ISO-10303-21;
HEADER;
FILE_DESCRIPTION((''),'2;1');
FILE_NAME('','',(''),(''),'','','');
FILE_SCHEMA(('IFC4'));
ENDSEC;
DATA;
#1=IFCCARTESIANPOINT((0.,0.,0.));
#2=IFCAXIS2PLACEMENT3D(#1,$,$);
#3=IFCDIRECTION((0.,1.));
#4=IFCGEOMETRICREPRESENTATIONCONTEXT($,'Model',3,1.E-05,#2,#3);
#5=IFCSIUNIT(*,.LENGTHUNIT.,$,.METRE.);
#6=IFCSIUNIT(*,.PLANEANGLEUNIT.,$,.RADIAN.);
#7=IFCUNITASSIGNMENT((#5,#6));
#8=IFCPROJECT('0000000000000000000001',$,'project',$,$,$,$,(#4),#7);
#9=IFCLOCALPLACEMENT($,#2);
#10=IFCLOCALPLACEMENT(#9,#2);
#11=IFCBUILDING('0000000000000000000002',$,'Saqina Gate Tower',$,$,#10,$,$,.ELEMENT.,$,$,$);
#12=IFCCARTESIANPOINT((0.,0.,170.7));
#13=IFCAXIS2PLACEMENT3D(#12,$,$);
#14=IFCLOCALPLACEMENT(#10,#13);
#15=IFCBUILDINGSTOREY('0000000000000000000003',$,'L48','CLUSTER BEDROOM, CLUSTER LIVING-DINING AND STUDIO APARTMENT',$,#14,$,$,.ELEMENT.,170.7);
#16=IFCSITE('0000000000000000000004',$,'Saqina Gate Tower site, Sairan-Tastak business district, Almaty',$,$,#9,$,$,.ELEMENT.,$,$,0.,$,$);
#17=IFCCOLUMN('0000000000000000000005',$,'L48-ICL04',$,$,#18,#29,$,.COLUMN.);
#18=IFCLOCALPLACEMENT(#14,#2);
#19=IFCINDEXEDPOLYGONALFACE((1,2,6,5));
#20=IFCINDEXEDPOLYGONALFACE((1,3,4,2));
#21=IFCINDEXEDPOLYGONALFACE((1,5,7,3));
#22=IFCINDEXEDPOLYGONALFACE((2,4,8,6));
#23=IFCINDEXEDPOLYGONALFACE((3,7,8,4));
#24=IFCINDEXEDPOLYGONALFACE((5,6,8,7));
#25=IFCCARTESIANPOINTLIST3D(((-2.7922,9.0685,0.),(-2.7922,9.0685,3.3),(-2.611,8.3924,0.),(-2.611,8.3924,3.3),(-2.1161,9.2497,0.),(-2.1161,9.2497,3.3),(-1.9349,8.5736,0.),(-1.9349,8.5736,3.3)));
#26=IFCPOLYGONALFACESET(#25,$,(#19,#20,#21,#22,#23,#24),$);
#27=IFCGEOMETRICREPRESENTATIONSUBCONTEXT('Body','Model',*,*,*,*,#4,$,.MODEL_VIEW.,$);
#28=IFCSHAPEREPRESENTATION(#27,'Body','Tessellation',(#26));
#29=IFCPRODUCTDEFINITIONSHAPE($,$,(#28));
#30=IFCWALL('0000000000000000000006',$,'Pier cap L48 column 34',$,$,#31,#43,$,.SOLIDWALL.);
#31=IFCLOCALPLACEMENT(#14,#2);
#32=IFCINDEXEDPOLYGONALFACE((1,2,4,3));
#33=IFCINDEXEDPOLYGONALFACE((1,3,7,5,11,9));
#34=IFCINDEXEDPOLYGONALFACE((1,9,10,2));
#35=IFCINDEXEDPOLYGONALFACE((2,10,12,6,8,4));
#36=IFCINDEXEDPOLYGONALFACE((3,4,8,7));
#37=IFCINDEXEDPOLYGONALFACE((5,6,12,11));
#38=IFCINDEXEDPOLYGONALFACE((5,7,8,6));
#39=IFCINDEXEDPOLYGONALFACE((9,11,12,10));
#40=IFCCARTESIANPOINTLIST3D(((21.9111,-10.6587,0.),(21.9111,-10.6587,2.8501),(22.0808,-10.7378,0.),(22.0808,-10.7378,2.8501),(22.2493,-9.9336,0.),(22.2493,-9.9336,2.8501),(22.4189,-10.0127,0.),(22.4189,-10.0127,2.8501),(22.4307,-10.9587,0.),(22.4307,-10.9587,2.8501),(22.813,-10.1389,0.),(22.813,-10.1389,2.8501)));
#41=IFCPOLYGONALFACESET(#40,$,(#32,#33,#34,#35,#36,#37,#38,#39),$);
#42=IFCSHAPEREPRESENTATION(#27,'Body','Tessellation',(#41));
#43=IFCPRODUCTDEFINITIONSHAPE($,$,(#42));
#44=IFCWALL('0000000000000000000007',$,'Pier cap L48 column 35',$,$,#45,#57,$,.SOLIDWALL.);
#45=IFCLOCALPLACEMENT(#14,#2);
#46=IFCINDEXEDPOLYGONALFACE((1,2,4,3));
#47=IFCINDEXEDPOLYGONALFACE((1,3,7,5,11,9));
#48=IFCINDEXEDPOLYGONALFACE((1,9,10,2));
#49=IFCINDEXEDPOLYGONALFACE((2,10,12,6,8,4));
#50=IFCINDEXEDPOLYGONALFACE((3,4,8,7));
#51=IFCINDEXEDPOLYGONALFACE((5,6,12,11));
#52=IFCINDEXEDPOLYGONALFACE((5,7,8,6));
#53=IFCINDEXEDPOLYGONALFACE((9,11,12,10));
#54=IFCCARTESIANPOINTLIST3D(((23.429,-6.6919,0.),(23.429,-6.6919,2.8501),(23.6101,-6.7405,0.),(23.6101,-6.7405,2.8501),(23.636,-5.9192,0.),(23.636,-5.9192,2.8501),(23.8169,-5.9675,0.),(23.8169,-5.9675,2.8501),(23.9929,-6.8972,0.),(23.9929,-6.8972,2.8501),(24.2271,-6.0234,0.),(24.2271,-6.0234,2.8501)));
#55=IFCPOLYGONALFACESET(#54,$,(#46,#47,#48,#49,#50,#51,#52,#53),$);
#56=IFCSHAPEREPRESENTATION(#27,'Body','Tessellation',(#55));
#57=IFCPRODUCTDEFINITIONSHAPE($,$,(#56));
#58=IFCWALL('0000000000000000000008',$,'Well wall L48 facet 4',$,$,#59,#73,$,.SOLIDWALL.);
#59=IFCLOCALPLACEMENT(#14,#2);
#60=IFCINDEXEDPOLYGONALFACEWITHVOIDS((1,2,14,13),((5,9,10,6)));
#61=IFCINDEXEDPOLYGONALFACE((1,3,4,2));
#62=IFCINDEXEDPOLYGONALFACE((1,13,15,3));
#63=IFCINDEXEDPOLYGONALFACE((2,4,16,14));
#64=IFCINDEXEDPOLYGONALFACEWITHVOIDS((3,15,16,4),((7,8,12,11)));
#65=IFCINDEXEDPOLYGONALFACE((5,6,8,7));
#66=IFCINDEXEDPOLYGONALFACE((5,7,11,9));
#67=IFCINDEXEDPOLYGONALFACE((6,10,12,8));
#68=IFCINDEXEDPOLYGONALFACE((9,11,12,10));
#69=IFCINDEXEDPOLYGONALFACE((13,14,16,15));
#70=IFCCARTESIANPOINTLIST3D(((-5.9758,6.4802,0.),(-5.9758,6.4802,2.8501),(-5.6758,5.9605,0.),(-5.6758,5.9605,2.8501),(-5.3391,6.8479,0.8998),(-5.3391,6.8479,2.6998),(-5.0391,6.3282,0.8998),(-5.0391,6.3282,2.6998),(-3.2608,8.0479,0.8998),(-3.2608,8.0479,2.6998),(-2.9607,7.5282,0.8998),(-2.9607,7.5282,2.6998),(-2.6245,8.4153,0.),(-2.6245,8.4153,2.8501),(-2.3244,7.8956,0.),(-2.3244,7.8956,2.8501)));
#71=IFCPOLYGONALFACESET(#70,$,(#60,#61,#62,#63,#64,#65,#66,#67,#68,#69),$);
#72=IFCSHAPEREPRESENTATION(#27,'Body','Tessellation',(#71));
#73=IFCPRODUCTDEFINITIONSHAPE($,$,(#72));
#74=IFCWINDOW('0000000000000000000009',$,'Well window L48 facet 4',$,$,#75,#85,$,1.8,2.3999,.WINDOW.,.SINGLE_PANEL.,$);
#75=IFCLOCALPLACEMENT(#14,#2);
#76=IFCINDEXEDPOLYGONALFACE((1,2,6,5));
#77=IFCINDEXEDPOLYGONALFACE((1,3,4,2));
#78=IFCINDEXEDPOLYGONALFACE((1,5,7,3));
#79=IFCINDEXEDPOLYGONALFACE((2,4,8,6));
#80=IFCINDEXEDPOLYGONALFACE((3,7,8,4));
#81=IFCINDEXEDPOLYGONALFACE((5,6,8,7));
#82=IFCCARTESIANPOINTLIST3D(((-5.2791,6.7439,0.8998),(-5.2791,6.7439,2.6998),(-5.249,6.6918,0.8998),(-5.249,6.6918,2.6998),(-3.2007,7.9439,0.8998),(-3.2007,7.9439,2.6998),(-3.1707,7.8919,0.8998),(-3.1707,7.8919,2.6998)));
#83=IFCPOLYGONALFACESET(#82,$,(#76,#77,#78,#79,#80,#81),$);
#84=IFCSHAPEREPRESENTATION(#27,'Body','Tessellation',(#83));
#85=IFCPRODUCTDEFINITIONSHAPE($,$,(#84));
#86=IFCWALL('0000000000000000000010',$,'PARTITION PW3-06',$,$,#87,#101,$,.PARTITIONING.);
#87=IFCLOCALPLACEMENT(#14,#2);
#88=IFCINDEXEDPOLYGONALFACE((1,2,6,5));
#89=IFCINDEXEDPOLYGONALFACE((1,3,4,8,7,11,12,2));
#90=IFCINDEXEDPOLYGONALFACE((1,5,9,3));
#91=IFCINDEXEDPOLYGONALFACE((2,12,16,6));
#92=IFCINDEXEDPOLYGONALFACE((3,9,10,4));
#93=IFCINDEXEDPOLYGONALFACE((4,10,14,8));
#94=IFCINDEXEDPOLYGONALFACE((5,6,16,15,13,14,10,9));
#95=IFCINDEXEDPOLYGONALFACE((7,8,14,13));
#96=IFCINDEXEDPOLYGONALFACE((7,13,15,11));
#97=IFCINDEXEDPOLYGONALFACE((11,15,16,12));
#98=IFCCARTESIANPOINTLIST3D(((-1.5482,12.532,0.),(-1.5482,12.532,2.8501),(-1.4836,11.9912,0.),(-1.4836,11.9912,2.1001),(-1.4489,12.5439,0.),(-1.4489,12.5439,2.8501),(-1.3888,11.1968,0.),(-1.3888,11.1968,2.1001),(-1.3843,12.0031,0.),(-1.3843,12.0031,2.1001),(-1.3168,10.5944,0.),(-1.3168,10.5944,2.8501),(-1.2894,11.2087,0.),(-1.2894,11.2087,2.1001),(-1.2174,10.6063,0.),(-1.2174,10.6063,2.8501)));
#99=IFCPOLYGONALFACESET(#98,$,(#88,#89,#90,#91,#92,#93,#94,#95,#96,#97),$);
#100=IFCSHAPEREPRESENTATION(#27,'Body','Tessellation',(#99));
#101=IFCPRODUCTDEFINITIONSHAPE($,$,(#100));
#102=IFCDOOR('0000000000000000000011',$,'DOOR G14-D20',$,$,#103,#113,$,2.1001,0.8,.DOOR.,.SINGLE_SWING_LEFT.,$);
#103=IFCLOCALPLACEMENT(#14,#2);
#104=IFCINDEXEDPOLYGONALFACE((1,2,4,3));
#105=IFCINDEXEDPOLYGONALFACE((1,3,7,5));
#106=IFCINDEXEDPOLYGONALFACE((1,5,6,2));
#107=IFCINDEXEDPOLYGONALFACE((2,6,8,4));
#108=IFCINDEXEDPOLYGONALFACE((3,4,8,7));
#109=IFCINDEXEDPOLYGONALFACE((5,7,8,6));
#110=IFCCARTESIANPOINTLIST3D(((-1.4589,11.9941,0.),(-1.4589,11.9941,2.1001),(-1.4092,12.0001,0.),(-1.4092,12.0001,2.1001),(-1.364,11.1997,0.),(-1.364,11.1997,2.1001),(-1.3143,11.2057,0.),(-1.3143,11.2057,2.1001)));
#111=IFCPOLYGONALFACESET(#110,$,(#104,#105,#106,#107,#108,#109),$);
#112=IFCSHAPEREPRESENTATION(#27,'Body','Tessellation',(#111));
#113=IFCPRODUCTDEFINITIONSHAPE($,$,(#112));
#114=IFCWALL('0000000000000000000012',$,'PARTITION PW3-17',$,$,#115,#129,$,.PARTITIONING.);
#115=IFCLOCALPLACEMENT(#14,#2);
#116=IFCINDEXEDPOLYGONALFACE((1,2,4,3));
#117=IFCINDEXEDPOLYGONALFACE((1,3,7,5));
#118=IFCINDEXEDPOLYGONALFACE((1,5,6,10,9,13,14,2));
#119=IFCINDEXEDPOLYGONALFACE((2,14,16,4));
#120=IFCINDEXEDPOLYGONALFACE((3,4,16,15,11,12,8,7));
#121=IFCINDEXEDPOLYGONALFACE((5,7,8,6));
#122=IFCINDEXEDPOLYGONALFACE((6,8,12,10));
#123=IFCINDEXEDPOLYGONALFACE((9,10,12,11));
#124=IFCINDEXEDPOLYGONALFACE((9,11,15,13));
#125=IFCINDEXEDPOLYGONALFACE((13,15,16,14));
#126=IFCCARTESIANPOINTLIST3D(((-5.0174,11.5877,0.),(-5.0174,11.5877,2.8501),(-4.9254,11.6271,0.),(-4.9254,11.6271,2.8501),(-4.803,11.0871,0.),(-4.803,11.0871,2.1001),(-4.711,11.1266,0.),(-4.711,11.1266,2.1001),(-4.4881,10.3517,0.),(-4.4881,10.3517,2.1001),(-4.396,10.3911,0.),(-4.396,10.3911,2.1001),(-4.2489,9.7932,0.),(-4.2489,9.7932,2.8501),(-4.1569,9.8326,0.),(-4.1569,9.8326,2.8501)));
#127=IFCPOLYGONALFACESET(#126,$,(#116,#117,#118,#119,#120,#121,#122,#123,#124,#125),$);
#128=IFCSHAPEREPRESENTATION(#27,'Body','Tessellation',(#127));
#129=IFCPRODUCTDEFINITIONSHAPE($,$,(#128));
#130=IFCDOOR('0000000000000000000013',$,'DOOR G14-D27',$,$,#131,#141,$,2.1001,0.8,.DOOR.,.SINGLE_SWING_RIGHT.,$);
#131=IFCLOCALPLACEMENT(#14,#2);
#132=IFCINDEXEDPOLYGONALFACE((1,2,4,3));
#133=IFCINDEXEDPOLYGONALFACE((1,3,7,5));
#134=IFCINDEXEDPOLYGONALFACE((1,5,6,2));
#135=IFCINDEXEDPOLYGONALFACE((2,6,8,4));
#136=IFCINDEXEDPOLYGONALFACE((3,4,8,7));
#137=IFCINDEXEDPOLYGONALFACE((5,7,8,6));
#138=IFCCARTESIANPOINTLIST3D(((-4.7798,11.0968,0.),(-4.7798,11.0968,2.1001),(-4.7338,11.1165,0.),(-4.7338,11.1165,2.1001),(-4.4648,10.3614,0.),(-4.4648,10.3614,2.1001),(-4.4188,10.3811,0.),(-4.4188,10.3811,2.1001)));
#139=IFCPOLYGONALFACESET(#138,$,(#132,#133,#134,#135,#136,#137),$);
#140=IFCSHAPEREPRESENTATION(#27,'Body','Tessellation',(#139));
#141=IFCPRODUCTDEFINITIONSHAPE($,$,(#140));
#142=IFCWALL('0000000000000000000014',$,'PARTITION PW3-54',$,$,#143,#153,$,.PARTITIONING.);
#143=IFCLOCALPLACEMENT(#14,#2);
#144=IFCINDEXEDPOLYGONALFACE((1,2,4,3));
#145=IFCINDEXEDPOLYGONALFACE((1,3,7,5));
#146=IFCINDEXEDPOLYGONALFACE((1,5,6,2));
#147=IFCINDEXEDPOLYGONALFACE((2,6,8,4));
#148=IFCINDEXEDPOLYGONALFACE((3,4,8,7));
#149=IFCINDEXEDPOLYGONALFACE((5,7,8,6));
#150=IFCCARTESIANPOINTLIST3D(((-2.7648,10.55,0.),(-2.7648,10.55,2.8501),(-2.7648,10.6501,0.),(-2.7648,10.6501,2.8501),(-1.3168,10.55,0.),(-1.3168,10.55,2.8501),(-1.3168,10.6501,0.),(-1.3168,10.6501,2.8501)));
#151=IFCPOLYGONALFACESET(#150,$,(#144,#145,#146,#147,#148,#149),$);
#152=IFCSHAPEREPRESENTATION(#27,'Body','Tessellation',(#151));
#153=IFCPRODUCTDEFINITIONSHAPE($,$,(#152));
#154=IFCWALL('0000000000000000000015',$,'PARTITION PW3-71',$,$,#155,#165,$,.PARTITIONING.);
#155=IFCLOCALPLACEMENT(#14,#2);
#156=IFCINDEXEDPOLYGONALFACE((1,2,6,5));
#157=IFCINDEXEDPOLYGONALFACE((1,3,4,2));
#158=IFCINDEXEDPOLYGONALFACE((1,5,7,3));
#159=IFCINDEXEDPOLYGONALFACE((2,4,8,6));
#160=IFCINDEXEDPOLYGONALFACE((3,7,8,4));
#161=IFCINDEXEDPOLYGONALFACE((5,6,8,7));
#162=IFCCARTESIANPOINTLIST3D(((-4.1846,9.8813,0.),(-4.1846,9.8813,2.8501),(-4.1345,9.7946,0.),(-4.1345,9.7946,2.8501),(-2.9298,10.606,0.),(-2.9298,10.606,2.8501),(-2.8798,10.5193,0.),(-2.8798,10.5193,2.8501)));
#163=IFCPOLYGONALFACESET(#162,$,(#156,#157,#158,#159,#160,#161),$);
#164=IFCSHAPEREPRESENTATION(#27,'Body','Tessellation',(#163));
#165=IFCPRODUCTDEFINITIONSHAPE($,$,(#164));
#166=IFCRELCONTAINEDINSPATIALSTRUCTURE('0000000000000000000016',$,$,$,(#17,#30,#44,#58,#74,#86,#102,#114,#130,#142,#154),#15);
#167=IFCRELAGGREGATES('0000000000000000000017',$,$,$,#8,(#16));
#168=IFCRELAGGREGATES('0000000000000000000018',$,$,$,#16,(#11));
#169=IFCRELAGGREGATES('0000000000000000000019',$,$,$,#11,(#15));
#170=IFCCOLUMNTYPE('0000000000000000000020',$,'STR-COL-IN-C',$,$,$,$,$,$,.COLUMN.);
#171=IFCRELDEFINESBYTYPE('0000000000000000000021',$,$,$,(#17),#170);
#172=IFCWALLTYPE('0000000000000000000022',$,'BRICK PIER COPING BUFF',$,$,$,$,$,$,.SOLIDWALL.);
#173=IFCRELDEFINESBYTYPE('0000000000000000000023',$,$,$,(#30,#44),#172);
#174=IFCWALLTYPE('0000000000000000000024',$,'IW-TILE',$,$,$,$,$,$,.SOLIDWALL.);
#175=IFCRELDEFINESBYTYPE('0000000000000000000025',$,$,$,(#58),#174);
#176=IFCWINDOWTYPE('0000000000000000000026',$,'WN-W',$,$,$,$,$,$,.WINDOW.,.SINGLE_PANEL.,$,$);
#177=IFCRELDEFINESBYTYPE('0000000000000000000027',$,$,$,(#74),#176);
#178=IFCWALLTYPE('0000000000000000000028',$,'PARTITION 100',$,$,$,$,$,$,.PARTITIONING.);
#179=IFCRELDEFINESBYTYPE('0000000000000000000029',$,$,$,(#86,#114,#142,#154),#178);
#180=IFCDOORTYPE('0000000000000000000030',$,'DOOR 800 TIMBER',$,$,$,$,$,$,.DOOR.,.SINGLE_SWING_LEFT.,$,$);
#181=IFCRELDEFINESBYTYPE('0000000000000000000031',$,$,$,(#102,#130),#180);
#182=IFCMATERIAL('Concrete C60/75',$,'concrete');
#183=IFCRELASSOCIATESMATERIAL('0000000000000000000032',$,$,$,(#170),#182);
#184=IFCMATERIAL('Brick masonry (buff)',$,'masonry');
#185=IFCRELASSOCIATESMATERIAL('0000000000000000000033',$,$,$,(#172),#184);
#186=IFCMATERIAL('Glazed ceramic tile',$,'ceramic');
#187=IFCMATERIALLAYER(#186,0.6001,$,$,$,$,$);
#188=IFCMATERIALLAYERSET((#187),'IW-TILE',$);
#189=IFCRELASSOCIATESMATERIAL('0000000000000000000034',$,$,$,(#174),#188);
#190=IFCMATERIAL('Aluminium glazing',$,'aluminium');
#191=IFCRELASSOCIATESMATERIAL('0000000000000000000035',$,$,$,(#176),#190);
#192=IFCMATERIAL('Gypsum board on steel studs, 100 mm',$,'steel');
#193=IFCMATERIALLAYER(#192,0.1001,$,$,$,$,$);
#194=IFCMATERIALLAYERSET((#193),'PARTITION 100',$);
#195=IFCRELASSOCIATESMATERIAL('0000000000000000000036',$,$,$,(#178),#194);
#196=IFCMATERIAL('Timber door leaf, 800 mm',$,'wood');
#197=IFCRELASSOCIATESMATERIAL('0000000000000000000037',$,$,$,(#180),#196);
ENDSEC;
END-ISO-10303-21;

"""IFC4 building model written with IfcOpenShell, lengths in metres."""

from ifc_helpers import new_model, si_unit, direction, frame, frame_2d, origin, origin_2d, place, context, subcontext, project, spatial, polyline, rectangle, outline, extrude, material, layer, layer_set, material_profile, profile_set, type_object, element, fill, save


model = new_model("IFC4")

# Units and contexts
model_context = context("Model", 3, precision=1e-05, world=origin(), true_north=direction((0.0, 1.0)))
body_context = subcontext(model_context, "Body", "Model", "MODEL_VIEW")
ifc_project = project(units=[si_unit("LENGTHUNIT", "METRE"), si_unit("PLANEANGLEUNIT", "RADIAN")], contexts=[model_context])

# Site, building, storey
site_placement = place(None, origin())
site = spatial("IfcSite", under=ifc_project, at=site_placement, Name="Saqina Gate Tower site, Sairan-Tastak business district, Almaty", CompositionType="ELEMENT", RefElevation=0.0)
building_placement = place(site_placement, origin())
building = spatial("IfcBuilding", under=site, at=building_placement, Name="Saqina Gate Tower", CompositionType="ELEMENT")
storey_placement = place(building_placement, frame((0.0, 0.0, 170.7)))
storey = spatial("IfcBuildingStorey", under=building, at=storey_placement, Name="L48", Description="CLUSTER BEDROOM, CLUSTER LIVING-DINING AND STUDIO APARTMENT", CompositionType="ELEMENT", Elevation=170.7)

# Column
ifc_material_1 = material(Name="Concrete C60/75", Category="concrete")
ifc_material_profile = material_profile(ifc_material_1, rectangle(XDim=0.7, YDim=0.7, at=origin_2d()), Name="RC 700x700")
ifc_profile_set = profile_set([ifc_material_profile], Name="Concrete C60/75")
column_type = type_object("IfcColumnType", Name="STR-COL-IN-C", PredefinedType="COLUMN", material=ifc_profile_set)
column_placement = place(storey_placement, frame((-2.3635, 8.821, 0.0), z_axis=(0.0, 0.0, 1.0), x_axis=(-0.258819, 0.965926, 0.0)))
element("IfcColumn", 1, at=column_placement, inside=storey, type_object=column_type, Name="L48-ICL04", PredefinedType="COLUMN", context=body_context, shape_type="SweptSolid", body=[
    extrude(rectangle(XDim=0.7, YDim=0.7, at=origin_2d()), origin(), (0.0, 0.0, 1.0), 3.3),
])

# Walls
ifc_material_2 = material(Name="Brick masonry (buff)", Category="masonry")
wall_type_1 = type_object("IfcWallType", Name="BRICK PIER COPING BUFF", PredefinedType="SOLIDWALL", material=ifc_material_2)
wall_1_placement = place(storey_placement, origin())
element("IfcWall", 2, at=wall_1_placement, inside=storey, type_object=wall_type_1, Name="Pier cap L48 column 34", PredefinedType="SOLIDWALL", context=body_context, shape_type="SweptSolid", body=[
    extrude(outline(polyline([(22.813, -10.1389), (22.2493, -9.9336), (22.4189, -10.0127), (22.0808, -10.7378), (21.9111, -10.6587), (22.4307, -10.9587), (22.813, -10.1389)])), origin(), (0.0, 0.0, 1.0), 2.8501),
])
wall_2_placement = place(storey_placement, origin())
element("IfcWall", 3, at=wall_2_placement, inside=storey, type_object=wall_type_1, Name="Pier cap L48 column 35", PredefinedType="SOLIDWALL", context=body_context, shape_type="SweptSolid", body=[
    extrude(outline(polyline([(24.2271, -6.0234), (23.636, -5.9192), (23.8169, -5.9675), (23.6101, -6.7405), (23.429, -6.6919), (23.9929, -6.8972), (24.2271, -6.0234)])), origin(), (0.0, 0.0, 1.0), 2.8501),
])

# Wall, opening, window
ifc_material_3 = material(Name="Glazed ceramic tile", Category="ceramic")
ifc_layer_1 = layer(ifc_material_3, 0.6001)
ifc_layer_set_1 = layer_set([ifc_layer_1], Name="IW-TILE")
wall_type_2 = type_object("IfcWallType", Name="IW-TILE", PredefinedType="SOLIDWALL", material=ifc_layer_set_1)
wall_3_placement = place(storey_placement, frame((-2.4744, 8.1555, 0.0), z_axis=(0.0, 0.0, 1.0), x_axis=(-0.866006, -0.500034, 0.0)))
wall_3 = element("IfcWall", 4, at=wall_3_placement, inside=storey, type_object=wall_type_2, Name="Well wall L48 facet 4", PredefinedType="SOLIDWALL", context=body_context, shape_type="SweptSolid", body=[
    extrude(rectangle(XDim=3.8699, YDim=0.6001, at=frame_2d((1.9351, 0.0))), origin(), (0.0, 0.0, 1.0), 2.8501),
])
opening_1_placement = place(wall_3_placement, frame((0.7349, 0.0, 0.8999)))
opening_1 = element("IfcOpeningElement", 5, at=opening_1_placement, cuts=wall_3, PredefinedType="OPENING", context=body_context, shape_type="SweptSolid", body=[
    extrude(rectangle(XDim=2.3999, YDim=1.8, at=frame_2d((1.2, 0.8999))), frame((0.0, 0.312, 0.0), z_axis=(0.0, -1.0, 0.0), x_axis=(1.0, 0.0, 0.0)), (0.0, 0.0, 1.0), 0.624),
])
ifc_material_4 = material(Name="Aluminium glazing", Category="aluminium")
window_type = type_object("IfcWindowType", Name="WN-W", PartitioningType="SINGLE_PANEL", PredefinedType="WINDOW", material=ifc_material_4)
window_placement = place(opening_1_placement, origin())
window = element("IfcWindow", 6, at=window_placement, inside=storey, type_object=window_type, Name="Well window L48 facet 4", OverallHeight=1.8, OverallWidth=2.3999, PartitioningType="SINGLE_PANEL", PredefinedType="WINDOW", context=body_context, shape_type="SweptSolid", body=[
    extrude(rectangle(XDim=2.3999, YDim=1.8, at=frame_2d((1.2, 0.8999))), frame((0.0, -0.1199, 0.0), z_axis=(0.0, -1.0, 0.0), x_axis=(1.0, 0.0, 0.0)), (0.0, 0.0, 1.0), 0.0601),
])
fill(opening_1, window)

# Walls, openings, doors
ifc_material_5 = material(Name="Gypsum board on steel studs, 100 mm", Category="steel")
ifc_layer_2 = layer(ifc_material_5, 0.1001)
ifc_layer_set_2 = layer_set([ifc_layer_2], Name="PARTITION 100")
wall_type_3 = type_object("IfcWallType", Name="PARTITION 100", PredefinedType="PARTITIONING", material=ifc_layer_set_2)
wall_4_placement = place(storey_placement, frame((-1.4985, 12.5378, 0.0), z_axis=(0.0, 0.0, 1.0), x_axis=(0.118598, -0.992942, 0.0)))
wall_4 = element("IfcWall", 7, at=wall_4_placement, inside=storey, type_object=wall_type_3, Name="PARTITION PW3-06", PredefinedType="PARTITIONING", context=body_context, shape_type="SweptSolid", body=[
    extrude(rectangle(XDim=1.9514, YDim=0.1001, at=frame_2d((0.9756, 0.0))), origin(), (0.0, 0.0, 1.0), 2.8501),
])
opening_2_placement = place(wall_4_placement, frame((0.5447, 0.0, 0.0)))
opening_2 = element("IfcOpeningElement", 8, at=opening_2_placement, cuts=wall_4, PredefinedType="OPENING", context=body_context, shape_type="SweptSolid", body=[
    extrude(rectangle(XDim=0.8, YDim=2.1001, at=frame_2d((0.3999, 1.05))), frame((0.0, 0.062, 0.0), z_axis=(0.0, -1.0, 0.0), x_axis=(1.0, 0.0, 0.0)), (0.0, 0.0, 1.0), 0.124),
])
ifc_material_6 = material(Name="Timber door leaf, 800 mm", Category="wood")
door_type_1 = type_object("IfcDoorType", Name="DOOR 800 TIMBER", OperationType="SINGLE_SWING_LEFT", PredefinedType="DOOR", material=ifc_material_6)
door_1_placement = place(opening_2_placement, origin())
door_1 = element("IfcDoor", 9, at=door_1_placement, inside=storey, type_object=door_type_1, Name="DOOR G14-D20", OperationType="SINGLE_SWING_LEFT", OverallHeight=2.1001, OverallWidth=0.8, PredefinedType="DOOR", context=body_context, shape_type="SweptSolid", body=[
    extrude(rectangle(XDim=0.8, YDim=2.1001, at=frame_2d((0.3999, 1.05))), frame((0.0, 0.0249, 0.0), z_axis=(0.0, -1.0, 0.0), x_axis=(1.0, 0.0, 0.0)), (0.0, 0.0, 1.0), 0.05),
])
fill(opening_2, door_1)
wall_5_placement = place(storey_placement, frame((-4.9714, 11.6074, 0.0), z_axis=(0.0, 0.0, 1.0), x_axis=(0.393708, -0.919236, 0.0)))
wall_5 = element("IfcWall", 10, at=wall_5_placement, inside=storey, type_object=wall_type_3, Name="PARTITION PW3-17", PredefinedType="PARTITIONING", context=body_context, shape_type="SweptSolid", body=[
    extrude(rectangle(XDim=1.9521, YDim=0.1001, at=frame_2d((0.9761, 0.0))), origin(), (0.0, 0.0, 1.0), 2.8501),
])
opening_3_placement = place(wall_5_placement, frame((0.5447, 0.0, 0.0)))
opening_3 = element("IfcOpeningElement", 11, at=opening_3_placement, cuts=wall_5, PredefinedType="OPENING", context=body_context, shape_type="SweptSolid", body=[
    extrude(rectangle(XDim=0.8, YDim=2.1001, at=frame_2d((0.3999, 1.05))), frame((0.0, 0.062, 0.0), z_axis=(0.0, -1.0, 0.0), x_axis=(1.0, 0.0, 0.0)), (0.0, 0.0, 1.0), 0.124),
])
door_2_placement = place(opening_3_placement, frame((0.8, 0.0, 0.0), z_axis=(0.0, 0.0, 1.0), x_axis=(-1.0, 0.0, 0.0)))
door_2 = element("IfcDoor", 12, at=door_2_placement, inside=storey, type_object=door_type_1, Name="DOOR G14-D27", OperationType="SINGLE_SWING_RIGHT", OverallHeight=2.1001, OverallWidth=0.8, PredefinedType="DOOR", context=body_context, shape_type="SweptSolid", body=[
    extrude(rectangle(XDim=0.8, YDim=2.1001, at=frame_2d((0.3999, 1.05))), frame((0.0, 0.0249, 0.0), z_axis=(0.0, -1.0, 0.0), x_axis=(1.0, 0.0, 0.0)), (0.0, 0.0, 1.0), 0.05),
])
fill(opening_3, door_2)

# Walls
wall_6_placement = place(storey_placement, frame((-2.7649, 10.6001, 0.0), z_axis=(0.0, 0.0, 1.0), x_axis=(1.0, 0.0, 0.0)))
element("IfcWall", 13, at=wall_6_placement, inside=storey, type_object=wall_type_3, Name="PARTITION PW3-54", PredefinedType="PARTITIONING", context=body_context, shape_type="SweptSolid", body=[
    extrude(rectangle(XDim=1.448, YDim=0.1001, at=frame_2d((0.7241, 0.0))), origin(), (0.0, 0.0, 1.0), 2.8501),
])
wall_7_placement = place(storey_placement, frame((-4.1597, 9.8379, 0.0), z_axis=(0.0, 0.0, 1.0), x_axis=(0.865953, 0.500126, 0.0)))
element("IfcWall", 14, at=wall_7_placement, inside=storey, type_object=wall_type_3, Name="PARTITION PW3-71", PredefinedType="PARTITIONING", context=body_context, shape_type="SweptSolid", body=[
    extrude(rectangle(XDim=1.449, YDim=0.1001, at=frame_2d((0.7246, 0.0))), origin(), (0.0, 0.0, 1.0), 2.8501),
])

save(model, "model.ifc")
